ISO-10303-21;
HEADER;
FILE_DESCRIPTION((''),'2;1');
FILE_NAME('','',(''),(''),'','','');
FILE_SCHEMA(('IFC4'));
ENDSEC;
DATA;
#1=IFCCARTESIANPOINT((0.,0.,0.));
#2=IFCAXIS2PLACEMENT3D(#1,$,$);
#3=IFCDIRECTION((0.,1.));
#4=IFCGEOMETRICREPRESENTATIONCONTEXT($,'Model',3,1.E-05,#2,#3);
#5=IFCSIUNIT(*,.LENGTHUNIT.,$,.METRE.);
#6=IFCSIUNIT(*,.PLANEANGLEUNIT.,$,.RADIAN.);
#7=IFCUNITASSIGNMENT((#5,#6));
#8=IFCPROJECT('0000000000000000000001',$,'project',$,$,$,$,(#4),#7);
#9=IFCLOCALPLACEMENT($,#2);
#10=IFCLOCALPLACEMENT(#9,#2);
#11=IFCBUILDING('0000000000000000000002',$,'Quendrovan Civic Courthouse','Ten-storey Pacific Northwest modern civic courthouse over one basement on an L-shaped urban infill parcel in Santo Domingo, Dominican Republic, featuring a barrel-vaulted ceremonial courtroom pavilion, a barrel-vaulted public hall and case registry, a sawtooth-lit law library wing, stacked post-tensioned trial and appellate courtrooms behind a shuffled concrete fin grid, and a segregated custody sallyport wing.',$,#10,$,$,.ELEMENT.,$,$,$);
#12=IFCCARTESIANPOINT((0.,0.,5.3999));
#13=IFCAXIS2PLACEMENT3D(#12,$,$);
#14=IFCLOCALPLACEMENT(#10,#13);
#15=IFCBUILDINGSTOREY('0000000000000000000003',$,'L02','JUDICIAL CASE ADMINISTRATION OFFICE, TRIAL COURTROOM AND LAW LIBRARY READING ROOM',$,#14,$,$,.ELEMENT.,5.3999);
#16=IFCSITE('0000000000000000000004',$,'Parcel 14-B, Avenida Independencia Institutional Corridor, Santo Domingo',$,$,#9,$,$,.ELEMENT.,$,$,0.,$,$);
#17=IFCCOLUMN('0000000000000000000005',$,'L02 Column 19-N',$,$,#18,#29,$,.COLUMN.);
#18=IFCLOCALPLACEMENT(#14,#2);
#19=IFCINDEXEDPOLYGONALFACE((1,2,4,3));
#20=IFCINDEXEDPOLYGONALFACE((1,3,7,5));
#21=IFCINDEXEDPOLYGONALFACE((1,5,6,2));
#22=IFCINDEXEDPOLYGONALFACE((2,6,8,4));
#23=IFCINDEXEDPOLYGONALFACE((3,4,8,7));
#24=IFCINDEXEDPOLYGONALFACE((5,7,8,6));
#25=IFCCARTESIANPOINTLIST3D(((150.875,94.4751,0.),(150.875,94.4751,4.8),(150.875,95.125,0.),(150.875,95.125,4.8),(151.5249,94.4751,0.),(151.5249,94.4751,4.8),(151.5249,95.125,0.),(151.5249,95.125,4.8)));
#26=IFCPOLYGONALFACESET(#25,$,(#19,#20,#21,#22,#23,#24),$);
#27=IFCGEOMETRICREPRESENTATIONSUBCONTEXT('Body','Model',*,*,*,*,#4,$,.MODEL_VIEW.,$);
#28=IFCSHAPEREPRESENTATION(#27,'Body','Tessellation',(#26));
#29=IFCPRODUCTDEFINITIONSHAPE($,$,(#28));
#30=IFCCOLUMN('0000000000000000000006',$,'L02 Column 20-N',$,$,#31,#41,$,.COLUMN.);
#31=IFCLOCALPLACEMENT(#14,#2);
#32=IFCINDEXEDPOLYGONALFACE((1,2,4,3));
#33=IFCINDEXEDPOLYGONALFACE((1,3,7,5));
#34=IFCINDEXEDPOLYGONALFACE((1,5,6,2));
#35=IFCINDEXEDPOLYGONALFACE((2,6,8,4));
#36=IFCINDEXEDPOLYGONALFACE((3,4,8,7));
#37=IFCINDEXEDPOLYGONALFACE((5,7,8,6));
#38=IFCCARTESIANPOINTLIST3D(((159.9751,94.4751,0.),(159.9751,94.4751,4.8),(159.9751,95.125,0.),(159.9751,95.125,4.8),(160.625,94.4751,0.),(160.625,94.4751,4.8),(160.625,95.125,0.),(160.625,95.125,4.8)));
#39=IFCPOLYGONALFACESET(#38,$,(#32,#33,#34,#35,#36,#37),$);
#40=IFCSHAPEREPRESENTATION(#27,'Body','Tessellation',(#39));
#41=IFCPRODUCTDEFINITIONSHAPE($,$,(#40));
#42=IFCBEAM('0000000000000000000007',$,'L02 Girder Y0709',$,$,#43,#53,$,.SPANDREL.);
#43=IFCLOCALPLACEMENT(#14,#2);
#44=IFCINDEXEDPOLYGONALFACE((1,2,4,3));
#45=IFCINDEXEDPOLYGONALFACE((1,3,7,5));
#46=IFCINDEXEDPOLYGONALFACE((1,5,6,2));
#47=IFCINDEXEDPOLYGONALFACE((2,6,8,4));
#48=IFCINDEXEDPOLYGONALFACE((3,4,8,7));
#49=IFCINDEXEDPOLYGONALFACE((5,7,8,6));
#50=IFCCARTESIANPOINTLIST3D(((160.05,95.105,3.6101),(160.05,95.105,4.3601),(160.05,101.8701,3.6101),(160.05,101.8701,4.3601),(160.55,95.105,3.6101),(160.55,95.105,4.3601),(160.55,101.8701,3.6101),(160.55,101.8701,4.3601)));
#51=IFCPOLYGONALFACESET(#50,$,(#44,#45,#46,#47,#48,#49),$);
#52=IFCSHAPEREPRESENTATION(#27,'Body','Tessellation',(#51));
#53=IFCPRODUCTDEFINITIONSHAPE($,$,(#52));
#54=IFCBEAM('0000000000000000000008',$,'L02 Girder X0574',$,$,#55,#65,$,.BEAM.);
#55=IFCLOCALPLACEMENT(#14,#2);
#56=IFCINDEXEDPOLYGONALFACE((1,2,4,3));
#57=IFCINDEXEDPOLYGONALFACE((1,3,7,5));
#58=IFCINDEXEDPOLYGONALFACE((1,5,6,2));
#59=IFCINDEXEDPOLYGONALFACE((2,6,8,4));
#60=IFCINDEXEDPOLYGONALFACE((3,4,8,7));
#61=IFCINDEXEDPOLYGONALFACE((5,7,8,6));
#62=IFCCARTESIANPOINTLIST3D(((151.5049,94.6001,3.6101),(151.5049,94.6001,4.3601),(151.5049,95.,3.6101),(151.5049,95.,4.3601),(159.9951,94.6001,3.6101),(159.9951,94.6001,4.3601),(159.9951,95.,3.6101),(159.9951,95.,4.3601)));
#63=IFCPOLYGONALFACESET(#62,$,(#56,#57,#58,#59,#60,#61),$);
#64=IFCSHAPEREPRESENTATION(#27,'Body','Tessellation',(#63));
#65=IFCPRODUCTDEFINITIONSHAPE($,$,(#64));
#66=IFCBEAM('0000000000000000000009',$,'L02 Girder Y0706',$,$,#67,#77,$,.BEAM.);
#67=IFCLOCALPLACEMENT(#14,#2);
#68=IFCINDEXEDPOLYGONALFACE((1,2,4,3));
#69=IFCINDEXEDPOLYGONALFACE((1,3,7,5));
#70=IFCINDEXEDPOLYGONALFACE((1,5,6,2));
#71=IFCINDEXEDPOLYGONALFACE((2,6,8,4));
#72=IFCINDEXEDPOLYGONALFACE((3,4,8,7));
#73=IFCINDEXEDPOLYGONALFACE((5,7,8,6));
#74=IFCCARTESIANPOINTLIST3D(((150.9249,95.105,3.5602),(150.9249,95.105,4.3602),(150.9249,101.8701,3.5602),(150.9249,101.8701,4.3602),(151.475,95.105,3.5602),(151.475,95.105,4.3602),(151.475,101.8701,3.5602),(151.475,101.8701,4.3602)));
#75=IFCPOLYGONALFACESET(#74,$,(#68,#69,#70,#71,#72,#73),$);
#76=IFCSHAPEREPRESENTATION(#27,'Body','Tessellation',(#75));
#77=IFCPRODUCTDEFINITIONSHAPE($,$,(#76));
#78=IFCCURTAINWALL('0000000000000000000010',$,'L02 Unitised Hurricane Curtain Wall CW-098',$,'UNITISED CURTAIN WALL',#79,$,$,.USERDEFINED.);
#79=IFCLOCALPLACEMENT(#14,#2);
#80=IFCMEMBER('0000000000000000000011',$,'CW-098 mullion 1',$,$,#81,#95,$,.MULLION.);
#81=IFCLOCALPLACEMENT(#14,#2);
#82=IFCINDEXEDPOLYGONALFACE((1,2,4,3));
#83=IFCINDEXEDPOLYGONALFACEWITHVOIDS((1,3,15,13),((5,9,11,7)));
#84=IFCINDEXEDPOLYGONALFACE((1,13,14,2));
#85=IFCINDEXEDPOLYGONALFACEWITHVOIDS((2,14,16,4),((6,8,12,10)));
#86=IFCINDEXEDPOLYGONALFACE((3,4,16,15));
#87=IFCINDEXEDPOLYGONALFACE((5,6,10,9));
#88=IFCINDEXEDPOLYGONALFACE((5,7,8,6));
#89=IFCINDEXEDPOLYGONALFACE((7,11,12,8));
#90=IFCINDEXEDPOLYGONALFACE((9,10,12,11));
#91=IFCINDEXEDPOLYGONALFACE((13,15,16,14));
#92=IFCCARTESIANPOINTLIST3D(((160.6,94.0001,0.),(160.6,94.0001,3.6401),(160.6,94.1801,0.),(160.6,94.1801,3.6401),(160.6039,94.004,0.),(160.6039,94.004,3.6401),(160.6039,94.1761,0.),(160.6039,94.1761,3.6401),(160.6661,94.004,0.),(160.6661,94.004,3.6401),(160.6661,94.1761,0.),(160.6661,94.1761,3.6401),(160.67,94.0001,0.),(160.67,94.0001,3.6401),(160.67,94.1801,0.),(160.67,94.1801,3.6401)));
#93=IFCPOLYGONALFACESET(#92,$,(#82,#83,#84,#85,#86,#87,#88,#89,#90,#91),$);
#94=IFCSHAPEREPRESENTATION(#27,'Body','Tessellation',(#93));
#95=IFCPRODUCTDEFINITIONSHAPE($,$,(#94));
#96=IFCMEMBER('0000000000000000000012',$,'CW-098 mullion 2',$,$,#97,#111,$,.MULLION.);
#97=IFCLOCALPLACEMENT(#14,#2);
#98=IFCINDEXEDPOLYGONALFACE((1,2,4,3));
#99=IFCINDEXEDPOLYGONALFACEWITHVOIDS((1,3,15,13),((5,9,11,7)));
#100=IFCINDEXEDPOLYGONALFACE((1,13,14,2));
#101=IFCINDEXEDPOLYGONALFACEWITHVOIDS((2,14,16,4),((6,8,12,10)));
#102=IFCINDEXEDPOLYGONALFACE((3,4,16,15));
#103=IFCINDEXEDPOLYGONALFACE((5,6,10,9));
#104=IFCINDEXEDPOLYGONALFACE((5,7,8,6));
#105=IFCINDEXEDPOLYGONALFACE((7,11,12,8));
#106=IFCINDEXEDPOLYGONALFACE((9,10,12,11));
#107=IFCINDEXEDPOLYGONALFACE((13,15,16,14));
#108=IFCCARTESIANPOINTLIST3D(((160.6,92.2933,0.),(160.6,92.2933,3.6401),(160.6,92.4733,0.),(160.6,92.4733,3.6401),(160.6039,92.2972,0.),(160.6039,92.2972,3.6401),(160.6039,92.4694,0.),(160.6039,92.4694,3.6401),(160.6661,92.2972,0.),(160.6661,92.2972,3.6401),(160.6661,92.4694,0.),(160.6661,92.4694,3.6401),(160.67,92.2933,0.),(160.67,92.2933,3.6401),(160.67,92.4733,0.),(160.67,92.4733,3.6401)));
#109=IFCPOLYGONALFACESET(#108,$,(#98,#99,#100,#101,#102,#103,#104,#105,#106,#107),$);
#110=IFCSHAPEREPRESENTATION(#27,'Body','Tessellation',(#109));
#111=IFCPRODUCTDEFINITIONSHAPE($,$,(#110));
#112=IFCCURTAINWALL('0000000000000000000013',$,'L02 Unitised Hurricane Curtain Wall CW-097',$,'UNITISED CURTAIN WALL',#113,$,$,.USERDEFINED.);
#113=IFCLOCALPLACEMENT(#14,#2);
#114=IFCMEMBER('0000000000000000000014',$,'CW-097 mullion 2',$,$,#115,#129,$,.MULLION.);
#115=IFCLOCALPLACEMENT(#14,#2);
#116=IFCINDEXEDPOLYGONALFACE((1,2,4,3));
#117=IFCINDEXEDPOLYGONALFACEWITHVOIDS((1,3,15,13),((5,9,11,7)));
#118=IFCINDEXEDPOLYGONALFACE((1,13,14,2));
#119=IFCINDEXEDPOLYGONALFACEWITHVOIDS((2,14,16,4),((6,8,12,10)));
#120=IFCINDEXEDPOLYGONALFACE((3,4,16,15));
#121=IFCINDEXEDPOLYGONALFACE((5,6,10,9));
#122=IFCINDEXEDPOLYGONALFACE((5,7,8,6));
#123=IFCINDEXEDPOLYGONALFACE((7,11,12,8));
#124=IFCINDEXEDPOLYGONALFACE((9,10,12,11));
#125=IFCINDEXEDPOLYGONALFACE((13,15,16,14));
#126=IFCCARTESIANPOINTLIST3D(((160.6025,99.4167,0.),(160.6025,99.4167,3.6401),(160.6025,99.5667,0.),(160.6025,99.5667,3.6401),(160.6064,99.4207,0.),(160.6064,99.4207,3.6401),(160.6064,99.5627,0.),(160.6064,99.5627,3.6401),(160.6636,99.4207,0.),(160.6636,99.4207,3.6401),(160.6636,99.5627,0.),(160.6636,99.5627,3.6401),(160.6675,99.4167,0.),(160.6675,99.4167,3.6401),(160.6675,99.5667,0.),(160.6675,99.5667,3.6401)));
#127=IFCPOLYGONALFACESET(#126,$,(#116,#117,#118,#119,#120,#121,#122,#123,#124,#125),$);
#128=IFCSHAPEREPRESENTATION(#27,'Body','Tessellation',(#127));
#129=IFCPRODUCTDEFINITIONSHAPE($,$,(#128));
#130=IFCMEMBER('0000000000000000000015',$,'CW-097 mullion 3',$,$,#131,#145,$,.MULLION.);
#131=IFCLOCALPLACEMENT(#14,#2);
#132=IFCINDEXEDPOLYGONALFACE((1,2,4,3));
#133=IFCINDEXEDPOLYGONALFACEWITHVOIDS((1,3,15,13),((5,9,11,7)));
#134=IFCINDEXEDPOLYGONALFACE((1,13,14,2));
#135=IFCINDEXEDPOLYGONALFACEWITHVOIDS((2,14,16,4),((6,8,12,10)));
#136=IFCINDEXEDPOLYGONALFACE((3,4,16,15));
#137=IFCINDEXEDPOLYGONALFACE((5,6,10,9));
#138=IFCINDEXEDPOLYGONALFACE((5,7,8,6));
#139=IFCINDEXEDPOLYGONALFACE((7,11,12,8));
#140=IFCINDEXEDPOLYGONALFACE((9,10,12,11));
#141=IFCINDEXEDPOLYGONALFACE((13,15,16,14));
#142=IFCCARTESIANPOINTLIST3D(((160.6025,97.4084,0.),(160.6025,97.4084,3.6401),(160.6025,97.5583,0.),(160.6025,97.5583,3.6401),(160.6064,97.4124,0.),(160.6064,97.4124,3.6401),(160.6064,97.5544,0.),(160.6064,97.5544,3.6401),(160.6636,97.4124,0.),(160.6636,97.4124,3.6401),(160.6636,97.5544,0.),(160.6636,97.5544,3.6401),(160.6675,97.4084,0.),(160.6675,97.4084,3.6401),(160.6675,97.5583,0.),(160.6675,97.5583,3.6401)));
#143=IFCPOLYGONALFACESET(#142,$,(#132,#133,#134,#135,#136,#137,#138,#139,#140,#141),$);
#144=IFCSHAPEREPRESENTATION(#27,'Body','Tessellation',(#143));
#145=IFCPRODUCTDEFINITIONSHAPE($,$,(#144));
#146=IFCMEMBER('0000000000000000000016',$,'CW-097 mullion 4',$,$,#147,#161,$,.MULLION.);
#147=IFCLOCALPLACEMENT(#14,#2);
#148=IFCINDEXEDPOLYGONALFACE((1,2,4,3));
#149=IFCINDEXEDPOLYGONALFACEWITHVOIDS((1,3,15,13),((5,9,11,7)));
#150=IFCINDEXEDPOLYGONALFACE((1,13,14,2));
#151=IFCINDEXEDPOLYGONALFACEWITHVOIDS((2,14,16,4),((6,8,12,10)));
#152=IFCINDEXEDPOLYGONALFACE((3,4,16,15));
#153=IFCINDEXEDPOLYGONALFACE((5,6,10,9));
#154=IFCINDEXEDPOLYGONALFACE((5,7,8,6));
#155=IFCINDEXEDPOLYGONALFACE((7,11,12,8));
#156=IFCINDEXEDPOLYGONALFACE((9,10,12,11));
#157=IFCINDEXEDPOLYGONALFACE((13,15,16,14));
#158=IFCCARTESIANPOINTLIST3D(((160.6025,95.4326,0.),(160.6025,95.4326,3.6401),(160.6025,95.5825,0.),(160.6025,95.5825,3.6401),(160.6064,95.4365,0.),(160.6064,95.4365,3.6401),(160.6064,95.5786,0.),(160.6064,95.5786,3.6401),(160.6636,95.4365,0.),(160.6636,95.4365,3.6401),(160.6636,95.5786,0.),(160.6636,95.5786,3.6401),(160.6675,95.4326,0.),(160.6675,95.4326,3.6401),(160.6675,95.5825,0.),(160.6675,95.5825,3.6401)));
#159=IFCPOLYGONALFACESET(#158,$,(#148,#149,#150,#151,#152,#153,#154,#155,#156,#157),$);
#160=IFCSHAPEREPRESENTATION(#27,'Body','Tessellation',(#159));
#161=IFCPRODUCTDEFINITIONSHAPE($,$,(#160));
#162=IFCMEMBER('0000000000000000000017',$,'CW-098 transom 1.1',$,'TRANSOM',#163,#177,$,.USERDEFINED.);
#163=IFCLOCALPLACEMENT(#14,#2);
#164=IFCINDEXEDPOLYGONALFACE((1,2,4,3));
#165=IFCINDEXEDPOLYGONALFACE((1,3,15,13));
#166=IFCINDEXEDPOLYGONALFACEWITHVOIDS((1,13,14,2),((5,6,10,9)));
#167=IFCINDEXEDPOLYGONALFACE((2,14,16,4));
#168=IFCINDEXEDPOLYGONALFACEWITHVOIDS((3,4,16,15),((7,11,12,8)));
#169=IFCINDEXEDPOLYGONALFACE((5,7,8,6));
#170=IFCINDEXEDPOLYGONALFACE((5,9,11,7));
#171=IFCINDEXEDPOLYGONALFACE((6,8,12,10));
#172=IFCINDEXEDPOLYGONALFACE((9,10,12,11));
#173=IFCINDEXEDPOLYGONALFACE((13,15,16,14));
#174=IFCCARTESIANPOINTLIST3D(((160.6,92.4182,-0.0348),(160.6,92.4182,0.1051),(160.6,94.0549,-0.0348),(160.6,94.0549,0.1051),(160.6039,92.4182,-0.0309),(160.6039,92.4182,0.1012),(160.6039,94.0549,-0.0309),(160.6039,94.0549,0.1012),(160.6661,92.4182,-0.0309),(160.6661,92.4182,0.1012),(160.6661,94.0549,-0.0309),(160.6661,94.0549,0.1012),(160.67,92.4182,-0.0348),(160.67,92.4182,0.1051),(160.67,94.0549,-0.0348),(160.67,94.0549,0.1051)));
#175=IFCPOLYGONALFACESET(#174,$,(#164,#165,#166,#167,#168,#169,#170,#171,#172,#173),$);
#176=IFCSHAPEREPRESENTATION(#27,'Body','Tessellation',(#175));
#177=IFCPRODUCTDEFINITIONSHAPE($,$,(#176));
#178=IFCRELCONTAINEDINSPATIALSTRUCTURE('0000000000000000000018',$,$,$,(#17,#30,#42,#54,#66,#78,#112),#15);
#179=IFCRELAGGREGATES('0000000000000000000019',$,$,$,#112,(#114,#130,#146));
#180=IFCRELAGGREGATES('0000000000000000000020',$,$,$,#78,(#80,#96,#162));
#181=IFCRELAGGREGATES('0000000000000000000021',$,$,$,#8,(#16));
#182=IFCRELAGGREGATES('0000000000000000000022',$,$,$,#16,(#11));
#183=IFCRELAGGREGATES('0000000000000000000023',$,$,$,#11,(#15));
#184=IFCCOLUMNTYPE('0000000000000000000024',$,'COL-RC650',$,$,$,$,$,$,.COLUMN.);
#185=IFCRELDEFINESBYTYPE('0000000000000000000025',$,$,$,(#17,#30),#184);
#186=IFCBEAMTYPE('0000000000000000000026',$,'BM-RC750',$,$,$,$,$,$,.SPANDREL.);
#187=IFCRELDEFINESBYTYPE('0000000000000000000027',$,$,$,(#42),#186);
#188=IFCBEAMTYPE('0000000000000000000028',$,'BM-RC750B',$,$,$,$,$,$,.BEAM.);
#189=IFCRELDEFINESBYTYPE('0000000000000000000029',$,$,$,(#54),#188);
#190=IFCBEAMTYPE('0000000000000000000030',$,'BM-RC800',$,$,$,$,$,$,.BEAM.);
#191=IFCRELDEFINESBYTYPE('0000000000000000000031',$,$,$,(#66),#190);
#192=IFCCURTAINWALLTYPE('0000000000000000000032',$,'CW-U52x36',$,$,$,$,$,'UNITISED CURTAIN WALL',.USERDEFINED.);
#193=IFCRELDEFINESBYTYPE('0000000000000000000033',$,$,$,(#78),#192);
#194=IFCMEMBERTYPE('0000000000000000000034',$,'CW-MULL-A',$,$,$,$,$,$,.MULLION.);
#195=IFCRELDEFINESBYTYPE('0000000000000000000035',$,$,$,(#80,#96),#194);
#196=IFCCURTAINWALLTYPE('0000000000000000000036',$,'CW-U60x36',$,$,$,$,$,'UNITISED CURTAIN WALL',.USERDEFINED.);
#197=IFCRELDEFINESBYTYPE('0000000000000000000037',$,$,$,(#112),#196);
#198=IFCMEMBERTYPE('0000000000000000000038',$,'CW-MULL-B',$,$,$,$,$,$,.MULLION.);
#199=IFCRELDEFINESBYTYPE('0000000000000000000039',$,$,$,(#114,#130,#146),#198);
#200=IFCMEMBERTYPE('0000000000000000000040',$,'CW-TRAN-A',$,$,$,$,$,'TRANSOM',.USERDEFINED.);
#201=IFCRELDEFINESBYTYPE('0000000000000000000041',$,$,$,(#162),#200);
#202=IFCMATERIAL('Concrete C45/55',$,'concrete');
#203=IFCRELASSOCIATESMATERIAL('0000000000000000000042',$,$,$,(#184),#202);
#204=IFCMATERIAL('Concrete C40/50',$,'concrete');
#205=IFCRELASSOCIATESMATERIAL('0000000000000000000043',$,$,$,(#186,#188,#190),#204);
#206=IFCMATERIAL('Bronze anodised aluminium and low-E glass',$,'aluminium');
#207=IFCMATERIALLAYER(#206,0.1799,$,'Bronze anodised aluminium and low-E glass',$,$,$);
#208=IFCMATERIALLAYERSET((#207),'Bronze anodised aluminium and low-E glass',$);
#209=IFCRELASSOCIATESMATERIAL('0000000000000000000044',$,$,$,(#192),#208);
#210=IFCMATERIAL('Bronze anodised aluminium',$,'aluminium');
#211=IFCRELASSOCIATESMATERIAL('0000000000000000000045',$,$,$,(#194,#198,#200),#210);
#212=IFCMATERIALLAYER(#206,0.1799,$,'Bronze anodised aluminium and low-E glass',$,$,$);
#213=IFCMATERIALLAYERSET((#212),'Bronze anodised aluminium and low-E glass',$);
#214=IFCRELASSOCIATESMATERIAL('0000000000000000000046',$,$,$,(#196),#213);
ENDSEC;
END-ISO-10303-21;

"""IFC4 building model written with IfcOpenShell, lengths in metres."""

from ifc_helpers import new_model, si_unit, direction, frame, origin, origin_2d, place, context, subcontext, project, spatial, rectangle, hollow_rectangle, extrude, material, layer, layer_set, material_profile, profile_set, type_object, element, aggregate, save


model = new_model("IFC4")

# Units and contexts
model_context = context("Model", 3, precision=1e-05, world=origin(), true_north=direction((0.0, 1.0)))
body_context = subcontext(model_context, "Body", "Model", "MODEL_VIEW")
ifc_project = project(units=[si_unit("LENGTHUNIT", "METRE"), si_unit("PLANEANGLEUNIT", "RADIAN")], contexts=[model_context])

# Site, building, storey
site_placement = place(None, origin())
site = spatial("IfcSite", under=ifc_project, at=site_placement, Name="Parcel 14-B, Avenida Independencia Institutional Corridor, Santo Domingo", CompositionType="ELEMENT", RefElevation=0.0)
building_placement = place(site_placement, origin())
building = spatial("IfcBuilding", under=site, at=building_placement, Name="Quendrovan Civic Courthouse", Description="Ten-storey Pacific Northwest modern civic courthouse over one basement on an L-shaped urban infill parcel in Santo Domingo, Dominican Republic, featuring a barrel-vaulted ceremonial courtroom pavilion, a barrel-vaulted public hall and case registry, a sawtooth-lit law library wing, stacked post-tensioned trial and appellate courtrooms behind a shuffled concrete fin grid, and a segregated custody sallyport wing.", CompositionType="ELEMENT")
storey_placement = place(building_placement, frame((0.0, 0.0, 5.3999)))
storey = spatial("IfcBuildingStorey", under=building, at=storey_placement, Name="L02", Description="JUDICIAL CASE ADMINISTRATION OFFICE, TRIAL COURTROOM AND LAW LIBRARY READING ROOM", CompositionType="ELEMENT", Elevation=5.3999)

# Columns
ifc_material_1 = material(Name="Concrete C45/55", Category="concrete")
ifc_material_profile_1 = material_profile(ifc_material_1, rectangle(XDim=0.6499, YDim=0.6499, at=origin_2d()), Name="RC-COL-650x650")
ifc_profile_set_1 = profile_set([ifc_material_profile_1], Name="Concrete C45/55")
column_type = type_object("IfcColumnType", Name="COL-RC650", PredefinedType="COLUMN", material=ifc_profile_set_1)
for number, where, z_axis, x_axis, name in (
    (1, (151.2, 94.8, 0.0), (0.0, 0.0, 1.0), (1.0, 0.0, 0.0), "L02 Column 19-N"),
    (2, (160.3, 94.8, 0.0), (0.0, 0.0, 1.0), (1.0, 0.0, 0.0), "L02 Column 20-N"),
):
    element("IfcColumn", number, at=place(storey_placement, frame(where, z_axis=z_axis, x_axis=x_axis)), inside=storey, type_object=column_type, Name=name, PredefinedType="COLUMN", context=body_context, shape_type="SweptSolid", body=[
        extrude(rectangle(XDim=0.6499, YDim=0.6499, at=origin_2d()), origin(), (0.0, 0.0, 1.0), 4.8),
    ])

# Beams
ifc_material_2 = material(Name="Concrete C40/50", Category="concrete")
ifc_material_profile_2 = material_profile(ifc_material_2, rectangle(XDim=0.5, YDim=0.75, at=origin_2d()), Name="RC-BM-500x750")
ifc_profile_set_2 = profile_set([ifc_material_profile_2], Name="Concrete C40/50")
beam_type_1 = type_object("IfcBeamType", Name="BM-RC750", PredefinedType="SPANDREL", material=ifc_profile_set_2)
beam_1_placement = place(storey_placement, frame((160.3, 95.105, 3.9851), z_axis=(0.0, 1.0, 0.0), x_axis=(-1.0, 0.0, 0.0)))
element("IfcBeam", 3, at=beam_1_placement, inside=storey, type_object=beam_type_1, Name="L02 Girder Y0709", PredefinedType="SPANDREL", context=body_context, shape_type="SweptSolid", body=[
    extrude(rectangle(XDim=0.5, YDim=0.75, at=origin_2d()), origin(), (0.0, 0.0, 1.0), 6.7651),
])
ifc_material_profile_3 = material_profile(ifc_material_2, rectangle(XDim=0.3999, YDim=0.75, at=origin_2d()), Name="RC-BM-400x750")
ifc_profile_set_3 = profile_set([ifc_material_profile_3], Name="Concrete C40/50")
beam_type_2 = type_object("IfcBeamType", Name="BM-RC750B", PredefinedType="BEAM", material=ifc_profile_set_3)
beam_2_placement = place(storey_placement, frame((151.5049, 94.8, 3.9851), z_axis=(1.0, 0.0, 0.0), x_axis=(0.0, 1.0, 0.0)))
element("IfcBeam", 4, at=beam_2_placement, inside=storey, type_object=beam_type_2, Name="L02 Girder X0574", PredefinedType="BEAM", context=body_context, shape_type="SweptSolid", body=[
    extrude(rectangle(XDim=0.3999, YDim=0.75, at=origin_2d()), origin(), (0.0, 0.0, 1.0), 8.4902),
])
ifc_material_profile_4 = material_profile(ifc_material_2, rectangle(XDim=0.55, YDim=0.8, at=origin_2d()), Name="RC-BM-550x800")
ifc_profile_set_4 = profile_set([ifc_material_profile_4], Name="Concrete C40/50")
beam_type_3 = type_object("IfcBeamType", Name="BM-RC800", PredefinedType="BEAM", material=ifc_profile_set_4)
beam_3_placement = place(storey_placement, frame((151.2, 95.105, 3.9602), z_axis=(0.0, 1.0, 0.0), x_axis=(-1.0, 0.0, 0.0)))
element("IfcBeam", 5, at=beam_3_placement, inside=storey, type_object=beam_type_3, Name="L02 Girder Y0706", PredefinedType="BEAM", context=body_context, shape_type="SweptSolid", body=[
    extrude(rectangle(XDim=0.55, YDim=0.8, at=origin_2d()), origin(), (0.0, 0.0, 1.0), 6.7651),
])

# Curtain walls, members
ifc_material_3 = material(Name="Bronze anodised aluminium and low-E glass", Category="aluminium")
ifc_layer_1 = layer(ifc_material_3, 0.1799, Name="Bronze anodised aluminium and low-E glass")
ifc_layer_set_1 = layer_set([ifc_layer_1], Name="Bronze anodised aluminium and low-E glass")
curtain_wall_type_1 = type_object("IfcCurtainWallType", Name="CW-U52x36", ElementType="UNITISED CURTAIN WALL", PredefinedType="USERDEFINED", material=ifc_layer_set_1)
curtain_wall_1_placement = place(storey_placement, origin())
curtain_wall_1 = element("IfcCurtainWall", 6, at=curtain_wall_1_placement, inside=storey, type_object=curtain_wall_type_1, Name="L02 Unitised Hurricane Curtain Wall CW-098", ObjectType="UNITISED CURTAIN WALL", PredefinedType="USERDEFINED")
ifc_material_4 = material(Name="Bronze anodised aluminium", Category="aluminium")
ifc_material_profile_5 = material_profile(ifc_material_4, hollow_rectangle(XDim=0.0701, YDim=0.1799, WallThickness=0.0039, at=origin_2d()), Name="CW-MULL-70x180")
ifc_profile_set_5 = profile_set([ifc_material_profile_5], Name="Bronze anodised aluminium")
member_type_1 = type_object("IfcMemberType", Name="CW-MULL-A", PredefinedType="MULLION", material=ifc_profile_set_5)
member_1_placement = place(storey_placement, frame((160.635, 94.0901, 0.0), z_axis=(0.0, 0.0, 1.0), x_axis=(1.0, 0.0, 0.0)))
member_1 = element("IfcMember", 7, at=member_1_placement, type_object=member_type_1, Name="CW-098 mullion 1", PredefinedType="MULLION", context=body_context, shape_type="SweptSolid", body=[
    extrude(hollow_rectangle(XDim=0.0701, YDim=0.1799, WallThickness=0.0039, at=origin_2d()), origin(), (0.0, 0.0, 1.0), 3.6401),
])
member_2_placement = place(storey_placement, frame((160.635, 92.3833, 0.0), z_axis=(0.0, 0.0, 1.0), x_axis=(1.0, 0.0, 0.0)))
member_2 = element("IfcMember", 8, at=member_2_placement, type_object=member_type_1, Name="CW-098 mullion 2", PredefinedType="MULLION", context=body_context, shape_type="SweptSolid", body=[
    extrude(hollow_rectangle(XDim=0.0701, YDim=0.1799, WallThickness=0.0039, at=origin_2d()), origin(), (0.0, 0.0, 1.0), 3.6401),
])
ifc_layer_2 = layer(ifc_material_3, 0.1799, Name="Bronze anodised aluminium and low-E glass")
ifc_layer_set_2 = layer_set([ifc_layer_2], Name="Bronze anodised aluminium and low-E glass")
curtain_wall_type_2 = type_object("IfcCurtainWallType", Name="CW-U60x36", ElementType="UNITISED CURTAIN WALL", PredefinedType="USERDEFINED", material=ifc_layer_set_2)
curtain_wall_2_placement = place(storey_placement, origin())
curtain_wall_2 = element("IfcCurtainWall", 9, at=curtain_wall_2_placement, inside=storey, type_object=curtain_wall_type_2, Name="L02 Unitised Hurricane Curtain Wall CW-097", ObjectType="UNITISED CURTAIN WALL", PredefinedType="USERDEFINED")
ifc_material_profile_6 = material_profile(ifc_material_4, hollow_rectangle(XDim=0.0649, YDim=0.1499, WallThickness=0.0039, at=origin_2d()), Name="CW-MULL-65x150")
ifc_profile_set_6 = profile_set([ifc_material_profile_6], Name="Bronze anodised aluminium")
member_type_2 = type_object("IfcMemberType", Name="CW-MULL-B", PredefinedType="MULLION", material=ifc_profile_set_6)
member_3_placement = place(storey_placement, frame((160.635, 99.4917, 0.0), z_axis=(0.0, 0.0, 1.0), x_axis=(1.0, 0.0, 0.0)))
member_3 = element("IfcMember", 10, at=member_3_placement, type_object=member_type_2, Name="CW-097 mullion 2", PredefinedType="MULLION", context=body_context, shape_type="SweptSolid", body=[
    extrude(hollow_rectangle(XDim=0.0649, YDim=0.1499, WallThickness=0.0039, at=origin_2d()), origin(), (0.0, 0.0, 1.0), 3.6401),
])
member_4_placement = place(storey_placement, frame((160.635, 97.4834, 0.0), z_axis=(0.0, 0.0, 1.0), x_axis=(1.0, 0.0, 0.0)))
member_4 = element("IfcMember", 11, at=member_4_placement, type_object=member_type_2, Name="CW-097 mullion 3", PredefinedType="MULLION", context=body_context, shape_type="SweptSolid", body=[
    extrude(hollow_rectangle(XDim=0.0649, YDim=0.1499, WallThickness=0.0039, at=origin_2d()), origin(), (0.0, 0.0, 1.0), 3.6401),
])
member_5_placement = place(storey_placement, frame((160.635, 95.5076, 0.0), z_axis=(0.0, 0.0, 1.0), x_axis=(1.0, 0.0, 0.0)))
member_5 = element("IfcMember", 12, at=member_5_placement, type_object=member_type_2, Name="CW-097 mullion 4", PredefinedType="MULLION", context=body_context, shape_type="SweptSolid", body=[
    extrude(hollow_rectangle(XDim=0.0649, YDim=0.1499, WallThickness=0.0039, at=origin_2d()), origin(), (0.0, 0.0, 1.0), 3.6401),
])

# Member
ifc_material_profile_7 = material_profile(ifc_material_4, hollow_rectangle(XDim=0.0701, YDim=0.1399, WallThickness=0.0039, at=origin_2d()), Name="CW-TRAN-70x140")
ifc_profile_set_7 = profile_set([ifc_material_profile_7], Name="Bronze anodised aluminium")
member_type_3 = type_object("IfcMemberType", Name="CW-TRAN-A", ElementType="TRANSOM", PredefinedType="USERDEFINED", material=ifc_profile_set_7)
member_6_placement = place(storey_placement, frame((160.635, 94.0549, 0.0352), z_axis=(0.0, -1.0, 0.0), x_axis=(1.0, 0.0, 0.0)))
member_6 = element("IfcMember", 13, at=member_6_placement, type_object=member_type_3, Name="CW-098 transom 1.1", ObjectType="TRANSOM", PredefinedType="USERDEFINED", context=body_context, shape_type="SweptSolid", body=[
    extrude(hollow_rectangle(XDim=0.0701, YDim=0.1399, WallThickness=0.0039, at=origin_2d()), origin(), (0.0, 0.0, 1.0), 1.6367),
])

aggregate(curtain_wall_2, [member_3, member_4, member_5])
aggregate(curtain_wall_1, [member_1, member_2, member_6])

save(model, "model.ifc")
